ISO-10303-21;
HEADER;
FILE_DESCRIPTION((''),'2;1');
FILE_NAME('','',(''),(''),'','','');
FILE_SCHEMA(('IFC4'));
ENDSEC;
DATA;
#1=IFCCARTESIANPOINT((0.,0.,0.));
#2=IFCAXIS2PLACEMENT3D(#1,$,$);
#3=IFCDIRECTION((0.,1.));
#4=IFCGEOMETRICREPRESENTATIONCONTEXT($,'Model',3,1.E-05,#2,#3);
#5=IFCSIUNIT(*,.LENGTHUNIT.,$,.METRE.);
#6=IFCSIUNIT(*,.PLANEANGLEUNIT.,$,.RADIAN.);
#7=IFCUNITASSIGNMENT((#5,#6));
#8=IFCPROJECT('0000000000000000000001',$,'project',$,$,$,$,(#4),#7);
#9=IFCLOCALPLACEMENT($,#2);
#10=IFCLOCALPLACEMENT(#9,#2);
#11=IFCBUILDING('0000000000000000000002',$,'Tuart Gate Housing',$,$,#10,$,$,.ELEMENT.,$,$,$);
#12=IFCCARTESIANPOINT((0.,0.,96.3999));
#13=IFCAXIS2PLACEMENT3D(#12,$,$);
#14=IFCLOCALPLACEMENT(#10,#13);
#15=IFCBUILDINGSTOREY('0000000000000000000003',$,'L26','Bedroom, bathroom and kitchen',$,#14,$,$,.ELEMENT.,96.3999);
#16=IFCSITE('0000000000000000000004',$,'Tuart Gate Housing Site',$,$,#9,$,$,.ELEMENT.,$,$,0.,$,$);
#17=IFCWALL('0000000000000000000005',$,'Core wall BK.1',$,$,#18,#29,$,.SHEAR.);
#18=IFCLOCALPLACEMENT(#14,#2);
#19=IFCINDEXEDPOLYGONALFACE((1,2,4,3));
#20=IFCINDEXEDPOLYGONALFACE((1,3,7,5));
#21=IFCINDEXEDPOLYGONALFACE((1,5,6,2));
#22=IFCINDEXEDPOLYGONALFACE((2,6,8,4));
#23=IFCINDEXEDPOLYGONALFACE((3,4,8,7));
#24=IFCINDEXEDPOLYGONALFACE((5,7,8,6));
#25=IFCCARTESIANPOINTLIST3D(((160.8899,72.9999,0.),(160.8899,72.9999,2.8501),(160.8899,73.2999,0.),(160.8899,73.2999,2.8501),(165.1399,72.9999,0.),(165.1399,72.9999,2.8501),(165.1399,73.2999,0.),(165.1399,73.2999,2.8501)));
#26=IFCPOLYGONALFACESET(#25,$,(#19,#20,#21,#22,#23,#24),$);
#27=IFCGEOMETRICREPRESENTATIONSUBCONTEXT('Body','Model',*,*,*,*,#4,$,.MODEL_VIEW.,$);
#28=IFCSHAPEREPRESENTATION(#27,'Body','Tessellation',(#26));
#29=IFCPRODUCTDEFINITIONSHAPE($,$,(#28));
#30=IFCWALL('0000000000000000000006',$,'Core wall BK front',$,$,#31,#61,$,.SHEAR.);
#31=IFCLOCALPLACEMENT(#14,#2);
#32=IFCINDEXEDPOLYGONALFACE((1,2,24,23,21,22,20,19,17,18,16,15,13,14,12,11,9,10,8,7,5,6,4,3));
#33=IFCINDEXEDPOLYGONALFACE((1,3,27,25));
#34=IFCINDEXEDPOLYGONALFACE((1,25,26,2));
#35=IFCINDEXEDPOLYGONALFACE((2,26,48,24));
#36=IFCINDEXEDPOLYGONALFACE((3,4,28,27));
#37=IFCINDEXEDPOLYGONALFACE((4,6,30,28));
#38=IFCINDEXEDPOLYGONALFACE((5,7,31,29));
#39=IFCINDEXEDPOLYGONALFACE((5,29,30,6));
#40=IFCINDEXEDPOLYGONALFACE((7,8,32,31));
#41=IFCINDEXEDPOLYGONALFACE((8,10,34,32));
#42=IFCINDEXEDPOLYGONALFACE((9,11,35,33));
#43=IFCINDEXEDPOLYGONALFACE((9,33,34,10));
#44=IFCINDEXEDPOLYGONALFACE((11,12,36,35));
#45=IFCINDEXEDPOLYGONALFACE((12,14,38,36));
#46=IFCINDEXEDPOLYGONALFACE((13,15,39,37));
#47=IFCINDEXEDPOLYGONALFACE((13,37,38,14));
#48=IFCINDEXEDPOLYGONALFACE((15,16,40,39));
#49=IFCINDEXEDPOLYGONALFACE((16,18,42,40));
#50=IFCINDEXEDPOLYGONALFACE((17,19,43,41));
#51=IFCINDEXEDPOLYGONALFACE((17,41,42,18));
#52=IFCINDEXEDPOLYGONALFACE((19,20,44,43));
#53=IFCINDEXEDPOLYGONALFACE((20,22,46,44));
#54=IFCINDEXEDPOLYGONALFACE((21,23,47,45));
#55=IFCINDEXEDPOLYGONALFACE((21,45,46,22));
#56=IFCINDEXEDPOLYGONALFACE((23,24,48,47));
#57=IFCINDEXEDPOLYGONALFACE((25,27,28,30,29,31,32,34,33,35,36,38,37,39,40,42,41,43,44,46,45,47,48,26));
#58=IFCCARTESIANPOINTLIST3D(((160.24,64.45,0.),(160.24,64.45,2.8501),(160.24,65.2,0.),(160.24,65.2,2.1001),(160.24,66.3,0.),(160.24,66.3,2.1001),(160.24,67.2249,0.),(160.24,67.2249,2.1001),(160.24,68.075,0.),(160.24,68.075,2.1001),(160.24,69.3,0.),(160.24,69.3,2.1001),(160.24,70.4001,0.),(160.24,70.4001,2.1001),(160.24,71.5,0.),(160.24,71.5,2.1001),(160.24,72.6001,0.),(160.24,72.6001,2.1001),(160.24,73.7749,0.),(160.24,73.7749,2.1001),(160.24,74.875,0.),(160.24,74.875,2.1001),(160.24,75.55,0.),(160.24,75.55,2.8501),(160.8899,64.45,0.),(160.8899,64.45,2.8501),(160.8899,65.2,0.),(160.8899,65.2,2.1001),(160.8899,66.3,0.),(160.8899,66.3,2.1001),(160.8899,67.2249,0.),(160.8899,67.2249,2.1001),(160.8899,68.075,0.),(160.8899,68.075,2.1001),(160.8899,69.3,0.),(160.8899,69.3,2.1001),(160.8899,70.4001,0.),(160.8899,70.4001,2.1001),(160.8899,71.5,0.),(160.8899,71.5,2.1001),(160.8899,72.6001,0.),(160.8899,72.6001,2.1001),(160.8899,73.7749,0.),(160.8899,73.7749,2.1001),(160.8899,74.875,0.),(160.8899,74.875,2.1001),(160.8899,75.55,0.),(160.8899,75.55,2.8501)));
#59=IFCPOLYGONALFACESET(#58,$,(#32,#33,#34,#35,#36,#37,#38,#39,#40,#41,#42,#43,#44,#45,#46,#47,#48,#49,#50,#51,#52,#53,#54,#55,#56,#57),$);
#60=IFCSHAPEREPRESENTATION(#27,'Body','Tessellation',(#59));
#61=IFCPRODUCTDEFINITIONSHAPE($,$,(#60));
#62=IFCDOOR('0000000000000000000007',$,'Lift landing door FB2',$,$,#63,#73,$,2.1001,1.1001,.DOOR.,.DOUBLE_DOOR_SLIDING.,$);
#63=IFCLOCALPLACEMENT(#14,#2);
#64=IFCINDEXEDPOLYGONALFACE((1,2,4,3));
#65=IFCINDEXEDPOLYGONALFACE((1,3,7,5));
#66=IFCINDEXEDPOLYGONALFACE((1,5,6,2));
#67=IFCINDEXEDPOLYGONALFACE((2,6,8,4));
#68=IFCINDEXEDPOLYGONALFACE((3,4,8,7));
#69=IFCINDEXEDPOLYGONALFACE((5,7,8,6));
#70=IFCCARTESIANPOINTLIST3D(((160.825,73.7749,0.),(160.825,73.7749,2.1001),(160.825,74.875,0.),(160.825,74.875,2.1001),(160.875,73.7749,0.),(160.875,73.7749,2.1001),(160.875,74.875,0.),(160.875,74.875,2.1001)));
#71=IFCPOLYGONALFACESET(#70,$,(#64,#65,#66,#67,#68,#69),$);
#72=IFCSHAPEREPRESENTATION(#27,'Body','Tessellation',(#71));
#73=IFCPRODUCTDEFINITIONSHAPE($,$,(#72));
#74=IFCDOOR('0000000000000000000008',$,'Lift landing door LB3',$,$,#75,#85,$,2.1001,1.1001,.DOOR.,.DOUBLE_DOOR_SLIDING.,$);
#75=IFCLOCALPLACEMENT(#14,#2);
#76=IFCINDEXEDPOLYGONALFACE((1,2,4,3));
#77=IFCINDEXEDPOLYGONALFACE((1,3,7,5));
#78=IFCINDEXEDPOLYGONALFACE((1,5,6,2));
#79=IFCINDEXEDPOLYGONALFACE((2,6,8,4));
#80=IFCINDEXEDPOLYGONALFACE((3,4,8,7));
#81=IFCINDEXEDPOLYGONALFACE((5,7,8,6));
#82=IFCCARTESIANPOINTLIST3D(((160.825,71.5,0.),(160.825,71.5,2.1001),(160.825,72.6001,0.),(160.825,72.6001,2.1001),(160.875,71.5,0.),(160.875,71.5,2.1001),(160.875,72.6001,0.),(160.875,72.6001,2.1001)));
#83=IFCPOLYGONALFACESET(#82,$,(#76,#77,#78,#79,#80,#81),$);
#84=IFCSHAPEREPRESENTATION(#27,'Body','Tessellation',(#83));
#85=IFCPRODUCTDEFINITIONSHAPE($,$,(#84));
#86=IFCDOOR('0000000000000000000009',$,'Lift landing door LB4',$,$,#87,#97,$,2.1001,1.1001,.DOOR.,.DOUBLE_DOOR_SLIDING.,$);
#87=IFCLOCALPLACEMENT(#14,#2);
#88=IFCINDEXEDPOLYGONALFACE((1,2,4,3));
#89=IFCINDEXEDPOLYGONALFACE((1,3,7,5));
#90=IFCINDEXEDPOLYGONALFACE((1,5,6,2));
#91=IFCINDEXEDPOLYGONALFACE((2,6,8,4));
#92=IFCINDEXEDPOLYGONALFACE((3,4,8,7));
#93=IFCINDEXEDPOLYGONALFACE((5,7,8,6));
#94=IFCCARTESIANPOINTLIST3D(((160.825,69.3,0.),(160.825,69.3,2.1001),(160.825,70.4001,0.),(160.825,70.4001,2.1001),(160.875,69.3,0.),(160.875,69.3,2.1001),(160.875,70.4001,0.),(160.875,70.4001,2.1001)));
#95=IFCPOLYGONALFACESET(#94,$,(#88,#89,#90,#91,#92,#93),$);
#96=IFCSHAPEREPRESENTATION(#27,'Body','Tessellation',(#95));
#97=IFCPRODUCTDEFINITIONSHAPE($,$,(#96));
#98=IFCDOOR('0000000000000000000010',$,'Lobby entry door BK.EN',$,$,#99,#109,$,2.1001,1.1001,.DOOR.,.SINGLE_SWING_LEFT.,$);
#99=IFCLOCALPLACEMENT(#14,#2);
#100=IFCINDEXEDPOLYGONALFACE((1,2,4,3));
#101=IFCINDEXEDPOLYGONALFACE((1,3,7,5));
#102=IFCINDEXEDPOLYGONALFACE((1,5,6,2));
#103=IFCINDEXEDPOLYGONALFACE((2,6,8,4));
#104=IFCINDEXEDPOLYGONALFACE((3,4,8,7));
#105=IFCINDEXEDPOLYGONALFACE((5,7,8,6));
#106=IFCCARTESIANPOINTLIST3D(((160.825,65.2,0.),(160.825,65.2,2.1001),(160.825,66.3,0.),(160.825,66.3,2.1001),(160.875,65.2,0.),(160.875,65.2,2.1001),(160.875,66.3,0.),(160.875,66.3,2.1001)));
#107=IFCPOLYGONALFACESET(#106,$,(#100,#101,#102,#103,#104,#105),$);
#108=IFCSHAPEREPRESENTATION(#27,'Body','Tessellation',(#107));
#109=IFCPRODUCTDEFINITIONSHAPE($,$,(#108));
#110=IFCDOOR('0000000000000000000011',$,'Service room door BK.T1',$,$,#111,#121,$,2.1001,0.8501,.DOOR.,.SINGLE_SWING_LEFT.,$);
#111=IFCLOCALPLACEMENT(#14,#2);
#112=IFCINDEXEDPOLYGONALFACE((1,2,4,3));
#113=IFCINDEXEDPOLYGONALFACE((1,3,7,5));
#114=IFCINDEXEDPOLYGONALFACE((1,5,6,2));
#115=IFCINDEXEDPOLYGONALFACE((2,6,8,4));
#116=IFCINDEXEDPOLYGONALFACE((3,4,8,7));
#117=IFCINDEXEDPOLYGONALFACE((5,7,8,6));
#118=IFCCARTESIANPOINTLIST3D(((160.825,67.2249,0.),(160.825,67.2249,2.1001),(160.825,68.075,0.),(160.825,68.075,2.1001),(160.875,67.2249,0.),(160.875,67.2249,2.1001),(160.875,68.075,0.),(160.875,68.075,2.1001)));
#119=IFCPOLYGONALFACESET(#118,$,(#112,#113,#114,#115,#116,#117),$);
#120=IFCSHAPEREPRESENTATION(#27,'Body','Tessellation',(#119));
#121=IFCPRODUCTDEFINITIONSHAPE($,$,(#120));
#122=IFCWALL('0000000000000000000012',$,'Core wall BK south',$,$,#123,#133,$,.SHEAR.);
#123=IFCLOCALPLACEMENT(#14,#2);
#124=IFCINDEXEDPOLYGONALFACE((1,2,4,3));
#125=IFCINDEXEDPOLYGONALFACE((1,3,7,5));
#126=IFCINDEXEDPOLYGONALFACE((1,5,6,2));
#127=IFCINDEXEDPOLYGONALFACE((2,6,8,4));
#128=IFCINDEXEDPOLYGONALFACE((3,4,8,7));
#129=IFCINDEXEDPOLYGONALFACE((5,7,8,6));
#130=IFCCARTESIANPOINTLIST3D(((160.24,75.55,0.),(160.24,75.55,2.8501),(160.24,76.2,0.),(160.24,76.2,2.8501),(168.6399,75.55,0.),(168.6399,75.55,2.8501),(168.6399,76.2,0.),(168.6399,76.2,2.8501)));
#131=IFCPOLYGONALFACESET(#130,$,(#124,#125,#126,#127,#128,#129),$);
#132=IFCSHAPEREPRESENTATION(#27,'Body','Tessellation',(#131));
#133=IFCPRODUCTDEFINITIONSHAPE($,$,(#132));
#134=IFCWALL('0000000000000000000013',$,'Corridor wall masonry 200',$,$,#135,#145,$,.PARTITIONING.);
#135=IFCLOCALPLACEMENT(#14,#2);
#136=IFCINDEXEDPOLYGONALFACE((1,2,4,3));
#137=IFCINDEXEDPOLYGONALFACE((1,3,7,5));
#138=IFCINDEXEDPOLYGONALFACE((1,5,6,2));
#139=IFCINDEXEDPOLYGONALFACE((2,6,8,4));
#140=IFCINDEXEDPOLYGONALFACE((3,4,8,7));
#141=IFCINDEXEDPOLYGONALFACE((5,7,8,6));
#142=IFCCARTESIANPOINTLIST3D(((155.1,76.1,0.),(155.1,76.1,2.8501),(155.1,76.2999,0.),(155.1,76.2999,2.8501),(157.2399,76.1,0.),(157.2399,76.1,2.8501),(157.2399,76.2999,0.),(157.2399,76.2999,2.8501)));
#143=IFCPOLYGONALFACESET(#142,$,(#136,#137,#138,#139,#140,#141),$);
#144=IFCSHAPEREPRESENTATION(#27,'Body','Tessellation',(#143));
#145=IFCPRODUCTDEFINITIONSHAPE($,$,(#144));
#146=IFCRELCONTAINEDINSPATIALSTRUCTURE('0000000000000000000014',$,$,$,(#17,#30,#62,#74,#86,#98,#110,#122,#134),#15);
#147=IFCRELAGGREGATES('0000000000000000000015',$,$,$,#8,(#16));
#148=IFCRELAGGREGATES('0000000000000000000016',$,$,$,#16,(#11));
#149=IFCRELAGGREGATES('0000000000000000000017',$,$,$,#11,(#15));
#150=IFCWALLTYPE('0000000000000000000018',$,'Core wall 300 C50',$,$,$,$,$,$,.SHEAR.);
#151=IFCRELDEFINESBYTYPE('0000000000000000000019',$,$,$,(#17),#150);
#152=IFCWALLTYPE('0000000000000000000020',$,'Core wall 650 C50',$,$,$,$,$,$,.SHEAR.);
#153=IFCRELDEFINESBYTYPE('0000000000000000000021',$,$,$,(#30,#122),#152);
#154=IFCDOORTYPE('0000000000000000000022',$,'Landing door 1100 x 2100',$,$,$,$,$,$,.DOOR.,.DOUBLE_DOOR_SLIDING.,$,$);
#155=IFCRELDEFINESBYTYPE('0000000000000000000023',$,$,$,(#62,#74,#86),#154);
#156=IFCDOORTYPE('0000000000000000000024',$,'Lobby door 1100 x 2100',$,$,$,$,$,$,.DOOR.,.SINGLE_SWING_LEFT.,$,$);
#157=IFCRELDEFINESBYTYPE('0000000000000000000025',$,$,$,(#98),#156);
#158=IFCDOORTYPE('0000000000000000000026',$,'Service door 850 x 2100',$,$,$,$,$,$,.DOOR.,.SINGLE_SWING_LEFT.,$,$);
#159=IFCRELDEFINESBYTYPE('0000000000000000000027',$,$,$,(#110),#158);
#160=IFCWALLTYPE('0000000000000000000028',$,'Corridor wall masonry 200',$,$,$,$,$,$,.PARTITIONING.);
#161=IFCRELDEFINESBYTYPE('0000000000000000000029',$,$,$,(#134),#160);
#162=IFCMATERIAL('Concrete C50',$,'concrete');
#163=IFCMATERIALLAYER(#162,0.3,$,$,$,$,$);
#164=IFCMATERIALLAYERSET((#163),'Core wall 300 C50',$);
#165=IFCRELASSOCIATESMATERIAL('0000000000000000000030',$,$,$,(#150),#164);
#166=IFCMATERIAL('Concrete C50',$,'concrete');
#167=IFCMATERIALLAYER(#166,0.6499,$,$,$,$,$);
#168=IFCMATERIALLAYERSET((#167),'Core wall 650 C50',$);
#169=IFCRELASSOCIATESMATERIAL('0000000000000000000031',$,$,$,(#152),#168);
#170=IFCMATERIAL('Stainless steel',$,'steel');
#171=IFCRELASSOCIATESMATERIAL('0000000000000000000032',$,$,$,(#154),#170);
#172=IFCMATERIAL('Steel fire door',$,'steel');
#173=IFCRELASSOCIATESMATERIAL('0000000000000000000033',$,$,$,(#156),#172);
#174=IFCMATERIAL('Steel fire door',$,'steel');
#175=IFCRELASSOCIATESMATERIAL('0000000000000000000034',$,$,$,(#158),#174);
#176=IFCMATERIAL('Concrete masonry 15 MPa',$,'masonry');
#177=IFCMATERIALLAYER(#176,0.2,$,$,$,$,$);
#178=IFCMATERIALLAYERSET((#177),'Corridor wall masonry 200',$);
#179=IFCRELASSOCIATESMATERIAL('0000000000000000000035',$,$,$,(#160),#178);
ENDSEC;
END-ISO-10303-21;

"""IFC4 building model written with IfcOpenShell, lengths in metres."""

from ifc_helpers import new_model, si_unit, direction, frame, frame_2d, origin, place, context, subcontext, project, spatial, rectangle, extrude, material, layer, layer_set, type_object, element, fill, save


model = new_model("IFC4")

# Units and contexts
model_context = context("Model", 3, precision=1e-05, world=origin(), true_north=direction((0.0, 1.0)))
body_context = subcontext(model_context, "Body", "Model", "MODEL_VIEW")
ifc_project = project(units=[si_unit("LENGTHUNIT", "METRE"), si_unit("PLANEANGLEUNIT", "RADIAN")], contexts=[model_context])

# Site, building, storey
site_placement = place(None, origin())
site = spatial("IfcSite", under=ifc_project, at=site_placement, Name="Tuart Gate Housing Site", CompositionType="ELEMENT", RefElevation=0.0)
building_placement = place(site_placement, origin())
building = spatial("IfcBuilding", under=site, at=building_placement, Name="Tuart Gate Housing", CompositionType="ELEMENT")
storey_placement = place(building_placement, frame((0.0, 0.0, 96.3999)))
storey = spatial("IfcBuildingStorey", under=building, at=storey_placement, Name="L26", Description="Bedroom, bathroom and kitchen", CompositionType="ELEMENT", Elevation=96.3999)

# Wall
ifc_material_1 = material(Name="Concrete C50", Category="concrete")
ifc_layer_1 = layer(ifc_material_1, 0.3)
ifc_layer_set_1 = layer_set([ifc_layer_1], Name="Core wall 300 C50")
wall_type_1 = type_object("IfcWallType", Name="Core wall 300 C50", PredefinedType="SHEAR", material=ifc_layer_set_1)
wall_1_placement = place(storey_placement, frame((160.8899, 73.1499, 0.0), z_axis=(0.0, 0.0, 1.0), x_axis=(1.0, 0.0, 0.0)))
element("IfcWall", 1, at=wall_1_placement, inside=storey, type_object=wall_type_1, Name="Core wall BK.1", PredefinedType="SHEAR", context=body_context, shape_type="SweptSolid", body=[
    extrude(rectangle(XDim=4.25, YDim=0.3, at=frame_2d((2.125, 0.0))), origin(), (0.0, 0.0, 1.0), 2.8501),
])

# Wall, openings, doors
ifc_material_2 = material(Name="Concrete C50", Category="concrete")
ifc_layer_2 = layer(ifc_material_2, 0.6499)
ifc_layer_set_2 = layer_set([ifc_layer_2], Name="Core wall 650 C50")
wall_type_2 = type_object("IfcWallType", Name="Core wall 650 C50", PredefinedType="SHEAR", material=ifc_layer_set_2)
wall_2_placement = place(storey_placement, frame((160.5649, 75.55, 0.0), z_axis=(0.0, 0.0, 1.0), x_axis=(0.0, -1.0, 0.0)))
wall_2 = element("IfcWall", 2, at=wall_2_placement, inside=storey, type_object=wall_type_2, Name="Core wall BK front", PredefinedType="SHEAR", context=body_context, shape_type="SweptSolid", body=[
    extrude(rectangle(XDim=11.1001, YDim=0.6499, at=frame_2d((5.55, 0.0))), origin(), (0.0, 0.0, 1.0), 2.8501),
])
opening_1_placement = place(wall_2_placement, frame((0.675, 0.0, 0.0)))
opening_1 = element("IfcOpeningElement", 3, at=opening_1_placement, cuts=wall_2, PredefinedType="OPENING", context=body_context, shape_type="SweptSolid", body=[
    extrude(rectangle(XDim=1.1001, YDim=2.1001, at=frame_2d((0.55, 1.05))), frame((0.0, 0.335, 0.0), z_axis=(0.0, -1.0, 0.0), x_axis=(1.0, 0.0, 0.0)), (0.0, 0.0, 1.0), 0.6699),
])
opening_2_placement = place(wall_2_placement, frame((2.95, 0.0, 0.0)))
opening_2 = element("IfcOpeningElement", 4, at=opening_2_placement, cuts=wall_2, PredefinedType="OPENING", context=body_context, shape_type="SweptSolid", body=[
    extrude(rectangle(XDim=1.1001, YDim=2.1001, at=frame_2d((0.55, 1.05))), frame((0.0, 0.335, 0.0), z_axis=(0.0, -1.0, 0.0), x_axis=(1.0, 0.0, 0.0)), (0.0, 0.0, 1.0), 0.6699),
])
opening_3_placement = place(wall_2_placement, frame((5.1499, 0.0, 0.0)))
opening_3 = element("IfcOpeningElement", 5, at=opening_3_placement, cuts=wall_2, PredefinedType="OPENING", context=body_context, shape_type="SweptSolid", body=[
    extrude(rectangle(XDim=1.1001, YDim=2.1001, at=frame_2d((0.55, 1.05))), frame((0.0, 0.335, 0.0), z_axis=(0.0, -1.0, 0.0), x_axis=(1.0, 0.0, 0.0)), (0.0, 0.0, 1.0), 0.6699),
])
opening_4_placement = place(wall_2_placement, frame((9.25, 0.0, 0.0)))
opening_4 = element("IfcOpeningElement", 6, at=opening_4_placement, cuts=wall_2, PredefinedType="OPENING", context=body_context, shape_type="SweptSolid", body=[
    extrude(rectangle(XDim=1.1001, YDim=2.1001, at=frame_2d((0.55, 1.05))), frame((0.0, 0.335, 0.0), z_axis=(0.0, -1.0, 0.0), x_axis=(1.0, 0.0, 0.0)), (0.0, 0.0, 1.0), 0.6699),
])
opening_5_placement = place(wall_2_placement, frame((7.4751, 0.0, 0.0)))
opening_5 = element("IfcOpeningElement", 7, at=opening_5_placement, cuts=wall_2, PredefinedType="OPENING", context=body_context, shape_type="SweptSolid", body=[
    extrude(rectangle(XDim=0.8501, YDim=2.1001, at=frame_2d((0.425, 1.05))), frame((0.0, 0.335, 0.0), z_axis=(0.0, -1.0, 0.0), x_axis=(1.0, 0.0, 0.0)), (0.0, 0.0, 1.0), 0.6699),
])
ifc_material_3 = material(Name="Stainless steel", Category="steel")
door_type_1 = type_object("IfcDoorType", Name="Landing door 1100 x 2100", OperationType="DOUBLE_DOOR_SLIDING", PredefinedType="DOOR", material=ifc_material_3)
door_1_placement = place(opening_1_placement, origin())
door_1 = element("IfcDoor", 8, at=door_1_placement, inside=storey, type_object=door_type_1, Name="Lift landing door FB2", OperationType="DOUBLE_DOOR_SLIDING", OverallHeight=2.1001, OverallWidth=1.1001, PredefinedType="DOOR", context=body_context, shape_type="SweptSolid", body=[
    extrude(rectangle(XDim=1.1001, YDim=2.1001, at=frame_2d((0.55, 1.05))), frame((0.0, 0.3101, 0.0), z_axis=(0.0, -1.0, 0.0), x_axis=(1.0, 0.0, 0.0)), (0.0, 0.0, 1.0), 0.05),
])
fill(opening_1, door_1)
door_2_placement = place(opening_2_placement, origin())
door_2 = element("IfcDoor", 9, at=door_2_placement, inside=storey, type_object=door_type_1, Name="Lift landing door LB3", OperationType="DOUBLE_DOOR_SLIDING", OverallHeight=2.1001, OverallWidth=1.1001, PredefinedType="DOOR", context=body_context, shape_type="SweptSolid", body=[
    extrude(rectangle(XDim=1.1001, YDim=2.1001, at=frame_2d((0.55, 1.05))), frame((0.0, 0.3101, 0.0), z_axis=(0.0, -1.0, 0.0), x_axis=(1.0, 0.0, 0.0)), (0.0, 0.0, 1.0), 0.05),
])
fill(opening_2, door_2)
door_3_placement = place(opening_3_placement, origin())
door_3 = element("IfcDoor", 10, at=door_3_placement, inside=storey, type_object=door_type_1, Name="Lift landing door LB4", OperationType="DOUBLE_DOOR_SLIDING", OverallHeight=2.1001, OverallWidth=1.1001, PredefinedType="DOOR", context=body_context, shape_type="SweptSolid", body=[
    extrude(rectangle(XDim=1.1001, YDim=2.1001, at=frame_2d((0.55, 1.05))), frame((0.0, 0.3101, 0.0), z_axis=(0.0, -1.0, 0.0), x_axis=(1.0, 0.0, 0.0)), (0.0, 0.0, 1.0), 0.05),
])
fill(opening_3, door_3)
ifc_material_4 = material(Name="Steel fire door", Category="steel")
door_type_2 = type_object("IfcDoorType", Name="Lobby door 1100 x 2100", OperationType="SINGLE_SWING_LEFT", PredefinedType="DOOR", material=ifc_material_4)
door_4_placement = place(opening_4_placement, origin())
door_4 = element("IfcDoor", 11, at=door_4_placement, inside=storey, type_object=door_type_2, Name="Lobby entry door BK.EN", OperationType="SINGLE_SWING_LEFT", OverallHeight=2.1001, OverallWidth=1.1001, PredefinedType="DOOR", context=body_context, shape_type="SweptSolid", body=[
    extrude(rectangle(XDim=1.1001, YDim=2.1001, at=frame_2d((0.55, 1.05))), frame((0.0, 0.3101, 0.0), z_axis=(0.0, -1.0, 0.0), x_axis=(1.0, 0.0, 0.0)), (0.0, 0.0, 1.0), 0.05),
])
fill(opening_4, door_4)
ifc_material_5 = material(Name="Steel fire door", Category="steel")
door_type_3 = type_object("IfcDoorType", Name="Service door 850 x 2100", OperationType="SINGLE_SWING_LEFT", PredefinedType="DOOR", material=ifc_material_5)
door_5_placement = place(opening_5_placement, origin())
door_5 = element("IfcDoor", 12, at=door_5_placement, inside=storey, type_object=door_type_3, Name="Service room door BK.T1", OperationType="SINGLE_SWING_LEFT", OverallHeight=2.1001, OverallWidth=0.8501, PredefinedType="DOOR", context=body_context, shape_type="SweptSolid", body=[
    extrude(rectangle(XDim=0.8501, YDim=2.1001, at=frame_2d((0.425, 1.05))), frame((0.0, 0.3101, 0.0), z_axis=(0.0, -1.0, 0.0), x_axis=(1.0, 0.0, 0.0)), (0.0, 0.0, 1.0), 0.05),
])
fill(opening_5, door_5)

# Walls
wall_3_placement = place(storey_placement, frame((160.24, 75.875, 0.0), z_axis=(0.0, 0.0, 1.0), x_axis=(1.0, 0.0, 0.0)))
element("IfcWall", 13, at=wall_3_placement, inside=storey, type_object=wall_type_2, Name="Core wall BK south", PredefinedType="SHEAR", context=body_context, shape_type="SweptSolid", body=[
    extrude(rectangle(XDim=8.3999, YDim=0.6499, at=frame_2d((4.2, 0.0))), origin(), (0.0, 0.0, 1.0), 2.8501),
])
ifc_material_6 = material(Name="Concrete masonry 15 MPa", Category="masonry")
ifc_layer_3 = layer(ifc_material_6, 0.2)
ifc_layer_set_3 = layer_set([ifc_layer_3], Name="Corridor wall masonry 200")
wall_type_3 = type_object("IfcWallType", Name="Corridor wall masonry 200", PredefinedType="PARTITIONING", material=ifc_layer_set_3)
wall_4_placement = place(storey_placement, frame((155.1001, 76.2, 0.0), z_axis=(0.0, 0.0, 1.0), x_axis=(1.0, 0.0, 0.0)))
element("IfcWall", 14, at=wall_4_placement, inside=storey, type_object=wall_type_3, Name="Corridor wall masonry 200", PredefinedType="PARTITIONING", context=body_context, shape_type="SweptSolid", body=[
    extrude(rectangle(XDim=2.1399, YDim=0.2, at=frame_2d((1.0698, 0.0))), origin(), (0.0, 0.0, 1.0), 2.8501),
])

save(model, "model.ifc")
